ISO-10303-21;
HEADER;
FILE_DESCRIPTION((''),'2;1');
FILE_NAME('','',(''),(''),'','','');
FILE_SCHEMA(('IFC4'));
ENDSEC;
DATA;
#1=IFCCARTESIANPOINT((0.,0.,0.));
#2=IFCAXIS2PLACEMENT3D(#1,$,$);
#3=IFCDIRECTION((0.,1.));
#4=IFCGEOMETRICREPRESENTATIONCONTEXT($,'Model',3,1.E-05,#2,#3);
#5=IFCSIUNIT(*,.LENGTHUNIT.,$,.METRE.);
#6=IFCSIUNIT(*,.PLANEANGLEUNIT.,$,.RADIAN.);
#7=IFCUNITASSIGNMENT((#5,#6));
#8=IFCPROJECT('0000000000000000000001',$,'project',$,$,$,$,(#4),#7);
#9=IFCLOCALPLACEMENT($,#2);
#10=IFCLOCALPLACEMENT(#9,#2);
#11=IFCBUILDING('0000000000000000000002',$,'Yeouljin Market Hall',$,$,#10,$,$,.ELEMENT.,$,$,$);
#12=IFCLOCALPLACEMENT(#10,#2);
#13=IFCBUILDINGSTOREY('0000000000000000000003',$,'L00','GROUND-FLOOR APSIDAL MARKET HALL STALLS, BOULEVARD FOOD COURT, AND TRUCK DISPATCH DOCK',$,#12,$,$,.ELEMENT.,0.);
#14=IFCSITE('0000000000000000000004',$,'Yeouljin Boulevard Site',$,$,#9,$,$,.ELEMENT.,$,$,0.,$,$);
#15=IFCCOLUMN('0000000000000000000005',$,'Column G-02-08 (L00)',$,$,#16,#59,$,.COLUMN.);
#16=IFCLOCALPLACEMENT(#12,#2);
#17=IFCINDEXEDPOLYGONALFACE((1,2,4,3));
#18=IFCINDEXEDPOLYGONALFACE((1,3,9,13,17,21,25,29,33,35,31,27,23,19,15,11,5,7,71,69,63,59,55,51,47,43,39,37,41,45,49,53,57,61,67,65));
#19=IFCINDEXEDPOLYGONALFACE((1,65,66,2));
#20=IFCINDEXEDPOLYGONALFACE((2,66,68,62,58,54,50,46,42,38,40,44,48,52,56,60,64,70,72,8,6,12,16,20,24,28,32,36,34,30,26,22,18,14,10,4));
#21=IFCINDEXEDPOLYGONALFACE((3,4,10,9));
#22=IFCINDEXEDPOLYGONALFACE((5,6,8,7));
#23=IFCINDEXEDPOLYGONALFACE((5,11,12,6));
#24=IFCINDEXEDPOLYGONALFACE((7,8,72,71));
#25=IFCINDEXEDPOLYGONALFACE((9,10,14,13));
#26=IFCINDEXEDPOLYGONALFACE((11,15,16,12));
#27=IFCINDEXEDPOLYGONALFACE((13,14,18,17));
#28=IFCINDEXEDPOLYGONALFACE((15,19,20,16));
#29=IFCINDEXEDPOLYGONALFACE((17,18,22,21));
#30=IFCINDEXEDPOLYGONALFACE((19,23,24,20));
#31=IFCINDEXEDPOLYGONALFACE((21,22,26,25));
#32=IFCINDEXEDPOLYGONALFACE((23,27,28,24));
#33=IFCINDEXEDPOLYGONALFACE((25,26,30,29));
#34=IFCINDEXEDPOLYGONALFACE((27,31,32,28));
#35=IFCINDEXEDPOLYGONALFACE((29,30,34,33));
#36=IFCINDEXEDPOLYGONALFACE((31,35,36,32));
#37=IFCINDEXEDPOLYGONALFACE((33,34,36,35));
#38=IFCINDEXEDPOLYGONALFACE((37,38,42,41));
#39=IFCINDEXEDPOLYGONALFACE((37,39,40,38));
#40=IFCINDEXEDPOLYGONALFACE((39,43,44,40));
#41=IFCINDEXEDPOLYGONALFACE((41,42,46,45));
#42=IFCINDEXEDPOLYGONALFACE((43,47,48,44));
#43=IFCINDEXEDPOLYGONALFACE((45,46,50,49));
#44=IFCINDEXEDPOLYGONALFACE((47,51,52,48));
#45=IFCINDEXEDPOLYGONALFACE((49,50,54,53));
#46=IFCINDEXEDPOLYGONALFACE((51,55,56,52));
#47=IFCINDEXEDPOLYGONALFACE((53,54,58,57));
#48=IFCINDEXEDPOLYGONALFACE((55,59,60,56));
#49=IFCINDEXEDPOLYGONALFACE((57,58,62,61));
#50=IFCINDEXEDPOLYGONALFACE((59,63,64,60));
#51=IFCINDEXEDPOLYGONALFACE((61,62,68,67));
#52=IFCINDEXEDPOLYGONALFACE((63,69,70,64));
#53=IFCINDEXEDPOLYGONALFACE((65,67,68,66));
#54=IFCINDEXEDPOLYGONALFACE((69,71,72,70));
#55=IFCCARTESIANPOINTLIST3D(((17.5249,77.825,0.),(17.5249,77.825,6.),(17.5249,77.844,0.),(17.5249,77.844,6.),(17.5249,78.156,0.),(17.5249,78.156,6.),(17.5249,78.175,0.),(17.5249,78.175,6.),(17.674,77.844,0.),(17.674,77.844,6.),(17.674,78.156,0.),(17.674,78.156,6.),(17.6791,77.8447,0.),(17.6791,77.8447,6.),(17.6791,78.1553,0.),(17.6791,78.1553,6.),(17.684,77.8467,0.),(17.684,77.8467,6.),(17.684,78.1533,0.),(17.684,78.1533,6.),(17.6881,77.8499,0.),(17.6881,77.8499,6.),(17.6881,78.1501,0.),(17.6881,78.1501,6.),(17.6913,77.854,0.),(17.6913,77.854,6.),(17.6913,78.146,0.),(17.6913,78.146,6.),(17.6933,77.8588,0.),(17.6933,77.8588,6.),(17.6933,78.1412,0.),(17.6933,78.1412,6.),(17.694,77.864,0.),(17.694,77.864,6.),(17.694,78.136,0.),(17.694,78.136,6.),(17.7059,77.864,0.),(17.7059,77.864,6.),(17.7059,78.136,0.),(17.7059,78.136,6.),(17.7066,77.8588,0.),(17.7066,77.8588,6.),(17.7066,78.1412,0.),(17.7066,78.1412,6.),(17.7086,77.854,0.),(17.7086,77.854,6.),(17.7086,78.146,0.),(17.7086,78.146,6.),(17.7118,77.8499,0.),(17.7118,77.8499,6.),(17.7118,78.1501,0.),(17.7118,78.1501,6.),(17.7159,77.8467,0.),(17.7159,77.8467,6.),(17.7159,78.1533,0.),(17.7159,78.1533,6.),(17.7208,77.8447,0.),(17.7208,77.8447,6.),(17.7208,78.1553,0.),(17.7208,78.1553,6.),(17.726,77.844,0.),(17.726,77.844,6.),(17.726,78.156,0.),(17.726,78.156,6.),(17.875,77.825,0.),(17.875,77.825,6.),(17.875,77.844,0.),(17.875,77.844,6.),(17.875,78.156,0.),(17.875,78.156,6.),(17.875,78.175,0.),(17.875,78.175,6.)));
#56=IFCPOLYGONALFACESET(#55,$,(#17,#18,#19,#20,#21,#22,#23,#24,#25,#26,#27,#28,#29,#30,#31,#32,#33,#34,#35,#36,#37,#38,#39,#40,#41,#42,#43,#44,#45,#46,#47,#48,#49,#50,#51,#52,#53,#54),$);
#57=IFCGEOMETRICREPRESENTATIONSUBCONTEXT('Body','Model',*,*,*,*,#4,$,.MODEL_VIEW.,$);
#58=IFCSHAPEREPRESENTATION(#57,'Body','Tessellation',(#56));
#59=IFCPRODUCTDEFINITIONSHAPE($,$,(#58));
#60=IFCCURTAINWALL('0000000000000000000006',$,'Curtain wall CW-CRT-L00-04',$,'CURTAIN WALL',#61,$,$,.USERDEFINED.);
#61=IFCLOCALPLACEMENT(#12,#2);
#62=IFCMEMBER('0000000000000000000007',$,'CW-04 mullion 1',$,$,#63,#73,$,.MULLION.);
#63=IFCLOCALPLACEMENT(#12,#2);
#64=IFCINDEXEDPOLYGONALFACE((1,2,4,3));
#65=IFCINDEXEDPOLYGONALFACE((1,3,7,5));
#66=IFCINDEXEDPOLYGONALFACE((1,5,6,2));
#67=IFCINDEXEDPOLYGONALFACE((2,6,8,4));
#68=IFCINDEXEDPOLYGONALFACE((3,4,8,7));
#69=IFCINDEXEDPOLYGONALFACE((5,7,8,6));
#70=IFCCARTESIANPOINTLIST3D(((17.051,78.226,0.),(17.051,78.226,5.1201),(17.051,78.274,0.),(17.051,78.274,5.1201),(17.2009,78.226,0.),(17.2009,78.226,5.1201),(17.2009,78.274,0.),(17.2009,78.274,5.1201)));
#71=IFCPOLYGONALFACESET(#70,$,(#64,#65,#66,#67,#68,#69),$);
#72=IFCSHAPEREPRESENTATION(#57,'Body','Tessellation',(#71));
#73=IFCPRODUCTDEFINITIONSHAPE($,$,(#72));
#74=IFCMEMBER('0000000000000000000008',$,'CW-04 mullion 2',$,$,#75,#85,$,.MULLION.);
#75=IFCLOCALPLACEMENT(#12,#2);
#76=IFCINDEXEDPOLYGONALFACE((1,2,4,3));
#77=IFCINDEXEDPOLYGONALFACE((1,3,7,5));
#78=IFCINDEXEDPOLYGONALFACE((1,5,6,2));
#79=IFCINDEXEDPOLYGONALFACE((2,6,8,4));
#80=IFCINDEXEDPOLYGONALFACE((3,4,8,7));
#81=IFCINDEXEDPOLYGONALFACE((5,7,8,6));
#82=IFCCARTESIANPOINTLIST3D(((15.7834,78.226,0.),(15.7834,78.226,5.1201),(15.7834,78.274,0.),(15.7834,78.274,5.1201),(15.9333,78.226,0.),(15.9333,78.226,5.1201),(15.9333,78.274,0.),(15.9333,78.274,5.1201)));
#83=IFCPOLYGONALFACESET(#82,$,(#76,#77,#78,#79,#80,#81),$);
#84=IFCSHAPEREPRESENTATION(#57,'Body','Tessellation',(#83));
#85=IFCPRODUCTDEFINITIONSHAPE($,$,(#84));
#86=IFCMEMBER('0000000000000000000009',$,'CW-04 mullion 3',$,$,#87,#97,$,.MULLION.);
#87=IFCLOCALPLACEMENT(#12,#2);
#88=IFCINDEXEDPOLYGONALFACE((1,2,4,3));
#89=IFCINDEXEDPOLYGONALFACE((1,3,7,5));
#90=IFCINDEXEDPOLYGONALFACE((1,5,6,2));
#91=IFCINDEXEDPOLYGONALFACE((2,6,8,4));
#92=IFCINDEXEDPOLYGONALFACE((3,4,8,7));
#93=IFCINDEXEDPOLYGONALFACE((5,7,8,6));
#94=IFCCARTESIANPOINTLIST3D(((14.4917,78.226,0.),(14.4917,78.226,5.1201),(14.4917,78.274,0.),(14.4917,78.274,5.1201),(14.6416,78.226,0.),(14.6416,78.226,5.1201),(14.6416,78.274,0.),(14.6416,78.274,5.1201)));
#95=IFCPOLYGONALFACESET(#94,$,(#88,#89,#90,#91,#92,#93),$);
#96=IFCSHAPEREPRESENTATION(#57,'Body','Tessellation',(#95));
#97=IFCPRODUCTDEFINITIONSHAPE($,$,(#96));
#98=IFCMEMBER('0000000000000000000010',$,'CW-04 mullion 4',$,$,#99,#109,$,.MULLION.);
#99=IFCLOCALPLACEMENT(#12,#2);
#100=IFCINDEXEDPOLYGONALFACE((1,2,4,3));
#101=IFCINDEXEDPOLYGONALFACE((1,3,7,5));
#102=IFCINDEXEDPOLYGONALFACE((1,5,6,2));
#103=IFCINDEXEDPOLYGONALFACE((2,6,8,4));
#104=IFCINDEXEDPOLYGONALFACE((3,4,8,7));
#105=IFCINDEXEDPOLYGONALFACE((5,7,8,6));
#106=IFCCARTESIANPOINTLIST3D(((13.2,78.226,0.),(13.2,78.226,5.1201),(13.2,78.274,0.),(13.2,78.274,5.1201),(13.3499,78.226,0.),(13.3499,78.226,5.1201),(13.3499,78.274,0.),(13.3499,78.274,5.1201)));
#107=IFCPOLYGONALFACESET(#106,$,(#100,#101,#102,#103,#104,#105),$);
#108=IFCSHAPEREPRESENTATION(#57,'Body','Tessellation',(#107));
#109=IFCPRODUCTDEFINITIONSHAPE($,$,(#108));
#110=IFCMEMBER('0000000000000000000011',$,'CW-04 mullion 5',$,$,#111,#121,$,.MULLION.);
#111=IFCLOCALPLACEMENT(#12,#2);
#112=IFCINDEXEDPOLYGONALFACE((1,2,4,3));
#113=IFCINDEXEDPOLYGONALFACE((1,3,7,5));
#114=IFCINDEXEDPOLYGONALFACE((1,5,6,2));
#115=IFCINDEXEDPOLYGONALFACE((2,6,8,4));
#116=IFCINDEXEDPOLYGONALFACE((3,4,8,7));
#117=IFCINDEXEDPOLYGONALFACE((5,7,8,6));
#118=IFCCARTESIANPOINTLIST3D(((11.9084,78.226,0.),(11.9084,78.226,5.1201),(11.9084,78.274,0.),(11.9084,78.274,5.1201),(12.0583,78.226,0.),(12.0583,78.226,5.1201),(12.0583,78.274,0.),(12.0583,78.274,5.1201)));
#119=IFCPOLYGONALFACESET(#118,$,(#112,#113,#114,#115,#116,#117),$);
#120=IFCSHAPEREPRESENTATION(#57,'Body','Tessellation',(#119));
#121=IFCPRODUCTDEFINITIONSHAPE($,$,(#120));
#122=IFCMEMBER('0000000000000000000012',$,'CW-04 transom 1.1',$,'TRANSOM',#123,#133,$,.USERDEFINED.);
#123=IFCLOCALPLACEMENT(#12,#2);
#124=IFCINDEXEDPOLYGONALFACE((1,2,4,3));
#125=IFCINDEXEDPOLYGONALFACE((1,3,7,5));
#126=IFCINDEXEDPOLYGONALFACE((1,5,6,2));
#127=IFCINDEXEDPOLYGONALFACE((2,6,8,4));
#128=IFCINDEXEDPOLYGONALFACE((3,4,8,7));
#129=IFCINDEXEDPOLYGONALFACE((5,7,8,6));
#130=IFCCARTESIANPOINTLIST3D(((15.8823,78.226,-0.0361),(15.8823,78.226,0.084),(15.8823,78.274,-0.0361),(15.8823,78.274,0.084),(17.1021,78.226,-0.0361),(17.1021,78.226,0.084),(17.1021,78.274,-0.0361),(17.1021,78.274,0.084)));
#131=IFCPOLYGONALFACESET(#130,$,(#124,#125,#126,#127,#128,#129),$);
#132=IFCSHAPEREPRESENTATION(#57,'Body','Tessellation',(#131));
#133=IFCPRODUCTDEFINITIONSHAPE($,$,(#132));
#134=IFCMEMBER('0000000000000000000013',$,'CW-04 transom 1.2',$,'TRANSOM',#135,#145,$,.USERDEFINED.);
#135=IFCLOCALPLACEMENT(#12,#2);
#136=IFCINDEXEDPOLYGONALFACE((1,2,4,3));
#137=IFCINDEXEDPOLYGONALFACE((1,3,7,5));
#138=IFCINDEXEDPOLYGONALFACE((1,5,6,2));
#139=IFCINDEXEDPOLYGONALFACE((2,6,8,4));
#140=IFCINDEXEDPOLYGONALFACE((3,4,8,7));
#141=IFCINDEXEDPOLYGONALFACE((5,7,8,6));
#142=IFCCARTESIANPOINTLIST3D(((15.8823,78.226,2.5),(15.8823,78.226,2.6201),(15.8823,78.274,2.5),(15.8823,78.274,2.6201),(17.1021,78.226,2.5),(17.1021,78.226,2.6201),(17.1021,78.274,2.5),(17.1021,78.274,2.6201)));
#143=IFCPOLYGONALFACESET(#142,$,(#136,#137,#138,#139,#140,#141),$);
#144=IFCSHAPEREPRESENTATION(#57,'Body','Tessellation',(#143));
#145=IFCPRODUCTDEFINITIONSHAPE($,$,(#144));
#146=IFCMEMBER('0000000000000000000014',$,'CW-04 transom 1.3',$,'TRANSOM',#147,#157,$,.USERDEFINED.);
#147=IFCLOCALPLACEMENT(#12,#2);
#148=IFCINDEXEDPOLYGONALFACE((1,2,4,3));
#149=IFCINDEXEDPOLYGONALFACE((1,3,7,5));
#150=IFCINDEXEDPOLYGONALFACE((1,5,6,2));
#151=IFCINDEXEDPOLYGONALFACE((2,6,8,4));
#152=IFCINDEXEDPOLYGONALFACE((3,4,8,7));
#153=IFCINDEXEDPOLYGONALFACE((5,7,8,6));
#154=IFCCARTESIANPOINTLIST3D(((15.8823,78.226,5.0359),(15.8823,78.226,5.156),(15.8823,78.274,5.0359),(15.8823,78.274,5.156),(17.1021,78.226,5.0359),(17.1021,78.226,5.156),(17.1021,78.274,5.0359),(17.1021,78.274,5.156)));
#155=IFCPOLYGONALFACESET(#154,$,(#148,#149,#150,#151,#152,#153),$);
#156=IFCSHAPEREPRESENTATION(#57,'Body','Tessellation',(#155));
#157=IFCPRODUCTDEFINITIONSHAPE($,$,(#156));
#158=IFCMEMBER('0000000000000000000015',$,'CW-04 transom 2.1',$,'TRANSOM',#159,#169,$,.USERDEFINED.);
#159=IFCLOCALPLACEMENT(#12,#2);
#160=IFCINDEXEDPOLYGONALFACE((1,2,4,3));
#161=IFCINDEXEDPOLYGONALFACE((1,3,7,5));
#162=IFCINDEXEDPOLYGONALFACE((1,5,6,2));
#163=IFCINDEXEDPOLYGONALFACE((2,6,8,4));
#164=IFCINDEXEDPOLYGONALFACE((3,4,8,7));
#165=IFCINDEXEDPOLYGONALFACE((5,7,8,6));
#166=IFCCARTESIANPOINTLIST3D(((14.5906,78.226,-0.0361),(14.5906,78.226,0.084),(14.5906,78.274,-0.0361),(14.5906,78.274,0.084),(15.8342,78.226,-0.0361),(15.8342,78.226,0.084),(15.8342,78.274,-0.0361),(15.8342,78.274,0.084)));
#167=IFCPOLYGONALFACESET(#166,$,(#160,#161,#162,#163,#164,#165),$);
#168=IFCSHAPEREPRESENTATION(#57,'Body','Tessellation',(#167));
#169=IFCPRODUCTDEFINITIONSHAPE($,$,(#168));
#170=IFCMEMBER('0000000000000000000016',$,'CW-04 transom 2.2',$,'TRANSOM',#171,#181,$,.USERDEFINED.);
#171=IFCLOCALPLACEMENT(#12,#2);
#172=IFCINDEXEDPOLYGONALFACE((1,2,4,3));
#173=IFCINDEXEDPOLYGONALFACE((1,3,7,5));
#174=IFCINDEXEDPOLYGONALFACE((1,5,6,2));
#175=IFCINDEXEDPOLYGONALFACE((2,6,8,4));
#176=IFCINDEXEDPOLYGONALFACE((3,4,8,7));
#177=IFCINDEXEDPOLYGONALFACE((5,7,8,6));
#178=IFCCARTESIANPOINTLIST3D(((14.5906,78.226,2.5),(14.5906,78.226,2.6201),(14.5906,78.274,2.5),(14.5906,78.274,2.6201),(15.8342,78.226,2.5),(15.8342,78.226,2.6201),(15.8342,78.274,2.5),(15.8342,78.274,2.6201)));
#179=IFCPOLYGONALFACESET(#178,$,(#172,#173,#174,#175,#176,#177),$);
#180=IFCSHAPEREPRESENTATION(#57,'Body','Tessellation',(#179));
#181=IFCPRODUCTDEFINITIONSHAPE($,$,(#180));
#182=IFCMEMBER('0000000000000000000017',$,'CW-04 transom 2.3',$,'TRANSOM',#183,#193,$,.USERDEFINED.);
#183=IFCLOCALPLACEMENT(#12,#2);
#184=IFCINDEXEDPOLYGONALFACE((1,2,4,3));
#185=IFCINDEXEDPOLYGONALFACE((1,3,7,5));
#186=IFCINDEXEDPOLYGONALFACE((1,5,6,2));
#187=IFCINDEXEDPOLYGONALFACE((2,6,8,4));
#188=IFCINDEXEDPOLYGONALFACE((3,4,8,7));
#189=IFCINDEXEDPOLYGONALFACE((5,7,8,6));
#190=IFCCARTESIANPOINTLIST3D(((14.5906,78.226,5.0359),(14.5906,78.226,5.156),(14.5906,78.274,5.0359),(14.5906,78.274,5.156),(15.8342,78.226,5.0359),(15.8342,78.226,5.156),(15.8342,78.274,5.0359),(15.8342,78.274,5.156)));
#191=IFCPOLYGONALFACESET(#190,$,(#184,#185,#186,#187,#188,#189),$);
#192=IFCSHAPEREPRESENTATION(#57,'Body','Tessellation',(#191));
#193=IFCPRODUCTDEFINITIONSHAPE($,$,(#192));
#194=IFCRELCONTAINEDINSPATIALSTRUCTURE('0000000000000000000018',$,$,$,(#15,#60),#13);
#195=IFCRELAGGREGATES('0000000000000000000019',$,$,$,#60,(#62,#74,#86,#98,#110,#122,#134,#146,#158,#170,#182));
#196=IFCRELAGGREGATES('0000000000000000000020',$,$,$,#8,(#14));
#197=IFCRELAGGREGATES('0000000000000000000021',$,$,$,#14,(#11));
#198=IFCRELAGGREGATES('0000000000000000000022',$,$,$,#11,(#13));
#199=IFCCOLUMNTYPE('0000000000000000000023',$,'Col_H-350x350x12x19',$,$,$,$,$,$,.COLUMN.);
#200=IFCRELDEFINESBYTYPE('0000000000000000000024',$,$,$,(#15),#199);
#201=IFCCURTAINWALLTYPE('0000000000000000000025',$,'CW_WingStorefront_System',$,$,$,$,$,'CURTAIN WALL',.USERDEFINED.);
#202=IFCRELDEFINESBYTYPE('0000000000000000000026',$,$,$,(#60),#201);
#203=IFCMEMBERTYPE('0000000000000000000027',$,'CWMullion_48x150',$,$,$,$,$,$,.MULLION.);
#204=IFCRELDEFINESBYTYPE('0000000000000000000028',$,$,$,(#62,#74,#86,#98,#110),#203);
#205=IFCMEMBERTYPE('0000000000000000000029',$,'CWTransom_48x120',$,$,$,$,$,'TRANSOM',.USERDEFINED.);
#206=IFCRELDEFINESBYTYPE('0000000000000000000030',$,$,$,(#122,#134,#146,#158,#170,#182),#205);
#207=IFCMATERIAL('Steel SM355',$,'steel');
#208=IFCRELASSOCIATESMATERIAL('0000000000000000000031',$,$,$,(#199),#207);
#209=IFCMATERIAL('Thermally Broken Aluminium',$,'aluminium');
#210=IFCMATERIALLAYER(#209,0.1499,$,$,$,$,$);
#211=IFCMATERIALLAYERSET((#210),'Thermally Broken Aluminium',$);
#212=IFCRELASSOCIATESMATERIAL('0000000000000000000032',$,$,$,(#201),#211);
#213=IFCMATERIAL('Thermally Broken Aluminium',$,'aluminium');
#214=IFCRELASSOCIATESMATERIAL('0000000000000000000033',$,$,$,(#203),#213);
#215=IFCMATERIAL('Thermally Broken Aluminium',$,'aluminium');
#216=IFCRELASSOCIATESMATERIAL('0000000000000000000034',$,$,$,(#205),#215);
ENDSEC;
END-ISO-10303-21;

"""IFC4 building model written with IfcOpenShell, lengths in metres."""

from ifc_helpers import new_model, si_unit, direction, frame, origin, origin_2d, place, context, subcontext, project, spatial, rectangle, i_section, extrude, material, layer, layer_set, material_profile, profile_set, type_object, element, aggregate, save


model = new_model("IFC4")

# Units and contexts
model_context = context("Model", 3, precision=1e-05, world=origin(), true_north=direction((0.0, 1.0)))
body_context = subcontext(model_context, "Body", "Model", "MODEL_VIEW")
ifc_project = project(units=[si_unit("LENGTHUNIT", "METRE"), si_unit("PLANEANGLEUNIT", "RADIAN")], contexts=[model_context])

# Site, building, storey
site_placement = place(None, origin())
site = spatial("IfcSite", under=ifc_project, at=site_placement, Name="Yeouljin Boulevard Site", CompositionType="ELEMENT", RefElevation=0.0)
building_placement = place(site_placement, origin())
building = spatial("IfcBuilding", under=site, at=building_placement, Name="Yeouljin Market Hall", CompositionType="ELEMENT")
storey_placement = place(building_placement, origin())
storey = spatial("IfcBuildingStorey", under=building, at=storey_placement, Name="L00", Description="GROUND-FLOOR APSIDAL MARKET HALL STALLS, BOULEVARD FOOD COURT, AND TRUCK DISPATCH DOCK", CompositionType="ELEMENT", Elevation=0.0)

# Column
ifc_material_1 = material(Name="Steel SM355", Category="steel")
ifc_material_profile_1 = material_profile(ifc_material_1, i_section(OverallWidth=0.3501, OverallDepth=0.3501, WebThickness=0.012, FlangeThickness=0.019, FilletRadius=0.02, at=origin_2d()), Name="H-350x350x12x19")
ifc_profile_set_1 = profile_set([ifc_material_profile_1], Name="Steel SM355")
column_type = type_object("IfcColumnType", Name="Col_H-350x350x12x19", PredefinedType="COLUMN", material=ifc_profile_set_1)
column_placement = place(storey_placement, frame((17.7, 78.0, 0.0), z_axis=(0.0, 0.0, 1.0), x_axis=(1.0, 0.0, 0.0)))
element("IfcColumn", 1, at=column_placement, inside=storey, type_object=column_type, Name="Column G-02-08 (L00)", PredefinedType="COLUMN", context=body_context, shape_type="SweptSolid", body=[
    extrude(i_section(OverallWidth=0.3501, OverallDepth=0.3501, WebThickness=0.012, FlangeThickness=0.019, FilletRadius=0.02, at=origin_2d()), origin(), (0.0, 0.0, 1.0), 6.0),
])

# Curtain wall, members
ifc_material_2 = material(Name="Thermally Broken Aluminium", Category="aluminium")
ifc_layer_1 = layer(ifc_material_2, 0.1499)
ifc_layer_set_1 = layer_set([ifc_layer_1], Name="Thermally Broken Aluminium")
curtain_wall_type = type_object("IfcCurtainWallType", Name="CW_WingStorefront_System", ElementType="CURTAIN WALL", PredefinedType="USERDEFINED", material=ifc_layer_set_1)
curtain_wall_placement = place(storey_placement, origin())
curtain_wall = element("IfcCurtainWall", 2, at=curtain_wall_placement, inside=storey, type_object=curtain_wall_type, Name="Curtain wall CW-CRT-L00-04", ObjectType="CURTAIN WALL", PredefinedType="USERDEFINED")
ifc_material_3 = material(Name="Thermally Broken Aluminium", Category="aluminium")
ifc_material_profile_2 = material_profile(ifc_material_3, rectangle(XDim=0.0481, YDim=0.1499, at=origin_2d()), Name="CW-MULL-48x150")
ifc_profile_set_2 = profile_set([ifc_material_profile_2], Name="Thermally Broken Aluminium")
member_type_1 = type_object("IfcMemberType", Name="CWMullion_48x150", PredefinedType="MULLION", material=ifc_profile_set_2)
member_1_placement = place(storey_placement, frame((17.126, 78.25, 0.0), z_axis=(0.0, 0.0, 1.0), x_axis=(0.0, -1.0, 0.0)))
member_1 = element("IfcMember", 3, at=member_1_placement, type_object=member_type_1, Name="CW-04 mullion 1", PredefinedType="MULLION", context=body_context, shape_type="SweptSolid", body=[
    extrude(rectangle(XDim=0.0481, YDim=0.1499, at=origin_2d()), origin(), (0.0, 0.0, 1.0), 5.1201),
])
member_2_placement = place(storey_placement, frame((15.8584, 78.25, 0.0), z_axis=(0.0, 0.0, 1.0), x_axis=(0.0, -1.0, 0.0)))
member_2 = element("IfcMember", 4, at=member_2_placement, type_object=member_type_1, Name="CW-04 mullion 2", PredefinedType="MULLION", context=body_context, shape_type="SweptSolid", body=[
    extrude(rectangle(XDim=0.0481, YDim=0.1499, at=origin_2d()), origin(), (0.0, 0.0, 1.0), 5.1201),
])
member_3_placement = place(storey_placement, frame((14.5667, 78.25, 0.0), z_axis=(0.0, 0.0, 1.0), x_axis=(0.0, -1.0, 0.0)))
member_3 = element("IfcMember", 5, at=member_3_placement, type_object=member_type_1, Name="CW-04 mullion 3", PredefinedType="MULLION", context=body_context, shape_type="SweptSolid", body=[
    extrude(rectangle(XDim=0.0481, YDim=0.1499, at=origin_2d()), origin(), (0.0, 0.0, 1.0), 5.1201),
])
member_4_placement = place(storey_placement, frame((13.2749, 78.25, 0.0), z_axis=(0.0, 0.0, 1.0), x_axis=(0.0, -1.0, 0.0)))
member_4 = element("IfcMember", 6, at=member_4_placement, type_object=member_type_1, Name="CW-04 mullion 4", PredefinedType="MULLION", context=body_context, shape_type="SweptSolid", body=[
    extrude(rectangle(XDim=0.0481, YDim=0.1499, at=origin_2d()), origin(), (0.0, 0.0, 1.0), 5.1201),
])
member_5_placement = place(storey_placement, frame((11.9834, 78.25, 0.0), z_axis=(0.0, 0.0, 1.0), x_axis=(0.0, -1.0, 0.0)))
member_5 = element("IfcMember", 7, at=member_5_placement, type_object=member_type_1, Name="CW-04 mullion 5", PredefinedType="MULLION", context=body_context, shape_type="SweptSolid", body=[
    extrude(rectangle(XDim=0.0481, YDim=0.1499, at=origin_2d()), origin(), (0.0, 0.0, 1.0), 5.1201),
])
ifc_material_4 = material(Name="Thermally Broken Aluminium", Category="aluminium")
ifc_material_profile_3 = material_profile(ifc_material_4, rectangle(XDim=0.0481, YDim=0.1201, at=origin_2d()), Name="CW-TRAN-48x120")
ifc_profile_set_3 = profile_set([ifc_material_profile_3], Name="Thermally Broken Aluminium")
member_type_2 = type_object("IfcMemberType", Name="CWTransom_48x120", ElementType="TRANSOM", PredefinedType="USERDEFINED", material=ifc_profile_set_3)
member_6_placement = place(storey_placement, frame((17.1021, 78.25, 0.0239), z_axis=(-1.0, 0.0, 0.0), x_axis=(0.0, -1.0, 0.0)))
member_6 = element("IfcMember", 8, at=member_6_placement, type_object=member_type_2, Name="CW-04 transom 1.1", ObjectType="TRANSOM", PredefinedType="USERDEFINED", context=body_context, shape_type="SweptSolid", body=[
    extrude(rectangle(XDim=0.0481, YDim=0.1201, at=origin_2d()), origin(), (0.0, 0.0, 1.0), 1.2197),
])
member_7_placement = place(storey_placement, frame((17.1021, 78.25, 2.5601), z_axis=(-1.0, 0.0, 0.0), x_axis=(0.0, -1.0, 0.0)))
member_7 = element("IfcMember", 9, at=member_7_placement, type_object=member_type_2, Name="CW-04 transom 1.2", ObjectType="TRANSOM", PredefinedType="USERDEFINED", context=body_context, shape_type="SweptSolid", body=[
    extrude(rectangle(XDim=0.0481, YDim=0.1201, at=origin_2d()), origin(), (0.0, 0.0, 1.0), 1.2197),
])
member_8_placement = place(storey_placement, frame((17.1021, 78.25, 5.0959), z_axis=(-1.0, 0.0, 0.0), x_axis=(0.0, -1.0, 0.0)))
member_8 = element("IfcMember", 10, at=member_8_placement, type_object=member_type_2, Name="CW-04 transom 1.3", ObjectType="TRANSOM", PredefinedType="USERDEFINED", context=body_context, shape_type="SweptSolid", body=[
    extrude(rectangle(XDim=0.0481, YDim=0.1201, at=origin_2d()), origin(), (0.0, 0.0, 1.0), 1.2197),
])
member_9_placement = place(storey_placement, frame((15.8342, 78.25, 0.0239), z_axis=(-1.0, 0.0, 0.0), x_axis=(0.0, -1.0, 0.0)))
member_9 = element("IfcMember", 11, at=member_9_placement, type_object=member_type_2, Name="CW-04 transom 2.1", ObjectType="TRANSOM", PredefinedType="USERDEFINED", context=body_context, shape_type="SweptSolid", body=[
    extrude(rectangle(XDim=0.0481, YDim=0.1201, at=origin_2d()), origin(), (0.0, 0.0, 1.0), 1.2437),
])
member_10_placement = place(storey_placement, frame((15.8342, 78.25, 2.5601), z_axis=(-1.0, 0.0, 0.0), x_axis=(0.0, -1.0, 0.0)))
member_10 = element("IfcMember", 12, at=member_10_placement, type_object=member_type_2, Name="CW-04 transom 2.2", ObjectType="TRANSOM", PredefinedType="USERDEFINED", context=body_context, shape_type="SweptSolid", body=[
    extrude(rectangle(XDim=0.0481, YDim=0.1201, at=origin_2d()), origin(), (0.0, 0.0, 1.0), 1.2437),
])
member_11_placement = place(storey_placement, frame((15.8342, 78.25, 5.0959), z_axis=(-1.0, 0.0, 0.0), x_axis=(0.0, -1.0, 0.0)))
member_11 = element("IfcMember", 13, at=member_11_placement, type_object=member_type_2, Name="CW-04 transom 2.3", ObjectType="TRANSOM", PredefinedType="USERDEFINED", context=body_context, shape_type="SweptSolid", body=[
    extrude(rectangle(XDim=0.0481, YDim=0.1201, at=origin_2d()), origin(), (0.0, 0.0, 1.0), 1.2437),
])
aggregate(curtain_wall, [member_1, member_2, member_3, member_4, member_5, member_6, member_7, member_8, member_9, member_10, member_11])

save(model, "model.ifc")
